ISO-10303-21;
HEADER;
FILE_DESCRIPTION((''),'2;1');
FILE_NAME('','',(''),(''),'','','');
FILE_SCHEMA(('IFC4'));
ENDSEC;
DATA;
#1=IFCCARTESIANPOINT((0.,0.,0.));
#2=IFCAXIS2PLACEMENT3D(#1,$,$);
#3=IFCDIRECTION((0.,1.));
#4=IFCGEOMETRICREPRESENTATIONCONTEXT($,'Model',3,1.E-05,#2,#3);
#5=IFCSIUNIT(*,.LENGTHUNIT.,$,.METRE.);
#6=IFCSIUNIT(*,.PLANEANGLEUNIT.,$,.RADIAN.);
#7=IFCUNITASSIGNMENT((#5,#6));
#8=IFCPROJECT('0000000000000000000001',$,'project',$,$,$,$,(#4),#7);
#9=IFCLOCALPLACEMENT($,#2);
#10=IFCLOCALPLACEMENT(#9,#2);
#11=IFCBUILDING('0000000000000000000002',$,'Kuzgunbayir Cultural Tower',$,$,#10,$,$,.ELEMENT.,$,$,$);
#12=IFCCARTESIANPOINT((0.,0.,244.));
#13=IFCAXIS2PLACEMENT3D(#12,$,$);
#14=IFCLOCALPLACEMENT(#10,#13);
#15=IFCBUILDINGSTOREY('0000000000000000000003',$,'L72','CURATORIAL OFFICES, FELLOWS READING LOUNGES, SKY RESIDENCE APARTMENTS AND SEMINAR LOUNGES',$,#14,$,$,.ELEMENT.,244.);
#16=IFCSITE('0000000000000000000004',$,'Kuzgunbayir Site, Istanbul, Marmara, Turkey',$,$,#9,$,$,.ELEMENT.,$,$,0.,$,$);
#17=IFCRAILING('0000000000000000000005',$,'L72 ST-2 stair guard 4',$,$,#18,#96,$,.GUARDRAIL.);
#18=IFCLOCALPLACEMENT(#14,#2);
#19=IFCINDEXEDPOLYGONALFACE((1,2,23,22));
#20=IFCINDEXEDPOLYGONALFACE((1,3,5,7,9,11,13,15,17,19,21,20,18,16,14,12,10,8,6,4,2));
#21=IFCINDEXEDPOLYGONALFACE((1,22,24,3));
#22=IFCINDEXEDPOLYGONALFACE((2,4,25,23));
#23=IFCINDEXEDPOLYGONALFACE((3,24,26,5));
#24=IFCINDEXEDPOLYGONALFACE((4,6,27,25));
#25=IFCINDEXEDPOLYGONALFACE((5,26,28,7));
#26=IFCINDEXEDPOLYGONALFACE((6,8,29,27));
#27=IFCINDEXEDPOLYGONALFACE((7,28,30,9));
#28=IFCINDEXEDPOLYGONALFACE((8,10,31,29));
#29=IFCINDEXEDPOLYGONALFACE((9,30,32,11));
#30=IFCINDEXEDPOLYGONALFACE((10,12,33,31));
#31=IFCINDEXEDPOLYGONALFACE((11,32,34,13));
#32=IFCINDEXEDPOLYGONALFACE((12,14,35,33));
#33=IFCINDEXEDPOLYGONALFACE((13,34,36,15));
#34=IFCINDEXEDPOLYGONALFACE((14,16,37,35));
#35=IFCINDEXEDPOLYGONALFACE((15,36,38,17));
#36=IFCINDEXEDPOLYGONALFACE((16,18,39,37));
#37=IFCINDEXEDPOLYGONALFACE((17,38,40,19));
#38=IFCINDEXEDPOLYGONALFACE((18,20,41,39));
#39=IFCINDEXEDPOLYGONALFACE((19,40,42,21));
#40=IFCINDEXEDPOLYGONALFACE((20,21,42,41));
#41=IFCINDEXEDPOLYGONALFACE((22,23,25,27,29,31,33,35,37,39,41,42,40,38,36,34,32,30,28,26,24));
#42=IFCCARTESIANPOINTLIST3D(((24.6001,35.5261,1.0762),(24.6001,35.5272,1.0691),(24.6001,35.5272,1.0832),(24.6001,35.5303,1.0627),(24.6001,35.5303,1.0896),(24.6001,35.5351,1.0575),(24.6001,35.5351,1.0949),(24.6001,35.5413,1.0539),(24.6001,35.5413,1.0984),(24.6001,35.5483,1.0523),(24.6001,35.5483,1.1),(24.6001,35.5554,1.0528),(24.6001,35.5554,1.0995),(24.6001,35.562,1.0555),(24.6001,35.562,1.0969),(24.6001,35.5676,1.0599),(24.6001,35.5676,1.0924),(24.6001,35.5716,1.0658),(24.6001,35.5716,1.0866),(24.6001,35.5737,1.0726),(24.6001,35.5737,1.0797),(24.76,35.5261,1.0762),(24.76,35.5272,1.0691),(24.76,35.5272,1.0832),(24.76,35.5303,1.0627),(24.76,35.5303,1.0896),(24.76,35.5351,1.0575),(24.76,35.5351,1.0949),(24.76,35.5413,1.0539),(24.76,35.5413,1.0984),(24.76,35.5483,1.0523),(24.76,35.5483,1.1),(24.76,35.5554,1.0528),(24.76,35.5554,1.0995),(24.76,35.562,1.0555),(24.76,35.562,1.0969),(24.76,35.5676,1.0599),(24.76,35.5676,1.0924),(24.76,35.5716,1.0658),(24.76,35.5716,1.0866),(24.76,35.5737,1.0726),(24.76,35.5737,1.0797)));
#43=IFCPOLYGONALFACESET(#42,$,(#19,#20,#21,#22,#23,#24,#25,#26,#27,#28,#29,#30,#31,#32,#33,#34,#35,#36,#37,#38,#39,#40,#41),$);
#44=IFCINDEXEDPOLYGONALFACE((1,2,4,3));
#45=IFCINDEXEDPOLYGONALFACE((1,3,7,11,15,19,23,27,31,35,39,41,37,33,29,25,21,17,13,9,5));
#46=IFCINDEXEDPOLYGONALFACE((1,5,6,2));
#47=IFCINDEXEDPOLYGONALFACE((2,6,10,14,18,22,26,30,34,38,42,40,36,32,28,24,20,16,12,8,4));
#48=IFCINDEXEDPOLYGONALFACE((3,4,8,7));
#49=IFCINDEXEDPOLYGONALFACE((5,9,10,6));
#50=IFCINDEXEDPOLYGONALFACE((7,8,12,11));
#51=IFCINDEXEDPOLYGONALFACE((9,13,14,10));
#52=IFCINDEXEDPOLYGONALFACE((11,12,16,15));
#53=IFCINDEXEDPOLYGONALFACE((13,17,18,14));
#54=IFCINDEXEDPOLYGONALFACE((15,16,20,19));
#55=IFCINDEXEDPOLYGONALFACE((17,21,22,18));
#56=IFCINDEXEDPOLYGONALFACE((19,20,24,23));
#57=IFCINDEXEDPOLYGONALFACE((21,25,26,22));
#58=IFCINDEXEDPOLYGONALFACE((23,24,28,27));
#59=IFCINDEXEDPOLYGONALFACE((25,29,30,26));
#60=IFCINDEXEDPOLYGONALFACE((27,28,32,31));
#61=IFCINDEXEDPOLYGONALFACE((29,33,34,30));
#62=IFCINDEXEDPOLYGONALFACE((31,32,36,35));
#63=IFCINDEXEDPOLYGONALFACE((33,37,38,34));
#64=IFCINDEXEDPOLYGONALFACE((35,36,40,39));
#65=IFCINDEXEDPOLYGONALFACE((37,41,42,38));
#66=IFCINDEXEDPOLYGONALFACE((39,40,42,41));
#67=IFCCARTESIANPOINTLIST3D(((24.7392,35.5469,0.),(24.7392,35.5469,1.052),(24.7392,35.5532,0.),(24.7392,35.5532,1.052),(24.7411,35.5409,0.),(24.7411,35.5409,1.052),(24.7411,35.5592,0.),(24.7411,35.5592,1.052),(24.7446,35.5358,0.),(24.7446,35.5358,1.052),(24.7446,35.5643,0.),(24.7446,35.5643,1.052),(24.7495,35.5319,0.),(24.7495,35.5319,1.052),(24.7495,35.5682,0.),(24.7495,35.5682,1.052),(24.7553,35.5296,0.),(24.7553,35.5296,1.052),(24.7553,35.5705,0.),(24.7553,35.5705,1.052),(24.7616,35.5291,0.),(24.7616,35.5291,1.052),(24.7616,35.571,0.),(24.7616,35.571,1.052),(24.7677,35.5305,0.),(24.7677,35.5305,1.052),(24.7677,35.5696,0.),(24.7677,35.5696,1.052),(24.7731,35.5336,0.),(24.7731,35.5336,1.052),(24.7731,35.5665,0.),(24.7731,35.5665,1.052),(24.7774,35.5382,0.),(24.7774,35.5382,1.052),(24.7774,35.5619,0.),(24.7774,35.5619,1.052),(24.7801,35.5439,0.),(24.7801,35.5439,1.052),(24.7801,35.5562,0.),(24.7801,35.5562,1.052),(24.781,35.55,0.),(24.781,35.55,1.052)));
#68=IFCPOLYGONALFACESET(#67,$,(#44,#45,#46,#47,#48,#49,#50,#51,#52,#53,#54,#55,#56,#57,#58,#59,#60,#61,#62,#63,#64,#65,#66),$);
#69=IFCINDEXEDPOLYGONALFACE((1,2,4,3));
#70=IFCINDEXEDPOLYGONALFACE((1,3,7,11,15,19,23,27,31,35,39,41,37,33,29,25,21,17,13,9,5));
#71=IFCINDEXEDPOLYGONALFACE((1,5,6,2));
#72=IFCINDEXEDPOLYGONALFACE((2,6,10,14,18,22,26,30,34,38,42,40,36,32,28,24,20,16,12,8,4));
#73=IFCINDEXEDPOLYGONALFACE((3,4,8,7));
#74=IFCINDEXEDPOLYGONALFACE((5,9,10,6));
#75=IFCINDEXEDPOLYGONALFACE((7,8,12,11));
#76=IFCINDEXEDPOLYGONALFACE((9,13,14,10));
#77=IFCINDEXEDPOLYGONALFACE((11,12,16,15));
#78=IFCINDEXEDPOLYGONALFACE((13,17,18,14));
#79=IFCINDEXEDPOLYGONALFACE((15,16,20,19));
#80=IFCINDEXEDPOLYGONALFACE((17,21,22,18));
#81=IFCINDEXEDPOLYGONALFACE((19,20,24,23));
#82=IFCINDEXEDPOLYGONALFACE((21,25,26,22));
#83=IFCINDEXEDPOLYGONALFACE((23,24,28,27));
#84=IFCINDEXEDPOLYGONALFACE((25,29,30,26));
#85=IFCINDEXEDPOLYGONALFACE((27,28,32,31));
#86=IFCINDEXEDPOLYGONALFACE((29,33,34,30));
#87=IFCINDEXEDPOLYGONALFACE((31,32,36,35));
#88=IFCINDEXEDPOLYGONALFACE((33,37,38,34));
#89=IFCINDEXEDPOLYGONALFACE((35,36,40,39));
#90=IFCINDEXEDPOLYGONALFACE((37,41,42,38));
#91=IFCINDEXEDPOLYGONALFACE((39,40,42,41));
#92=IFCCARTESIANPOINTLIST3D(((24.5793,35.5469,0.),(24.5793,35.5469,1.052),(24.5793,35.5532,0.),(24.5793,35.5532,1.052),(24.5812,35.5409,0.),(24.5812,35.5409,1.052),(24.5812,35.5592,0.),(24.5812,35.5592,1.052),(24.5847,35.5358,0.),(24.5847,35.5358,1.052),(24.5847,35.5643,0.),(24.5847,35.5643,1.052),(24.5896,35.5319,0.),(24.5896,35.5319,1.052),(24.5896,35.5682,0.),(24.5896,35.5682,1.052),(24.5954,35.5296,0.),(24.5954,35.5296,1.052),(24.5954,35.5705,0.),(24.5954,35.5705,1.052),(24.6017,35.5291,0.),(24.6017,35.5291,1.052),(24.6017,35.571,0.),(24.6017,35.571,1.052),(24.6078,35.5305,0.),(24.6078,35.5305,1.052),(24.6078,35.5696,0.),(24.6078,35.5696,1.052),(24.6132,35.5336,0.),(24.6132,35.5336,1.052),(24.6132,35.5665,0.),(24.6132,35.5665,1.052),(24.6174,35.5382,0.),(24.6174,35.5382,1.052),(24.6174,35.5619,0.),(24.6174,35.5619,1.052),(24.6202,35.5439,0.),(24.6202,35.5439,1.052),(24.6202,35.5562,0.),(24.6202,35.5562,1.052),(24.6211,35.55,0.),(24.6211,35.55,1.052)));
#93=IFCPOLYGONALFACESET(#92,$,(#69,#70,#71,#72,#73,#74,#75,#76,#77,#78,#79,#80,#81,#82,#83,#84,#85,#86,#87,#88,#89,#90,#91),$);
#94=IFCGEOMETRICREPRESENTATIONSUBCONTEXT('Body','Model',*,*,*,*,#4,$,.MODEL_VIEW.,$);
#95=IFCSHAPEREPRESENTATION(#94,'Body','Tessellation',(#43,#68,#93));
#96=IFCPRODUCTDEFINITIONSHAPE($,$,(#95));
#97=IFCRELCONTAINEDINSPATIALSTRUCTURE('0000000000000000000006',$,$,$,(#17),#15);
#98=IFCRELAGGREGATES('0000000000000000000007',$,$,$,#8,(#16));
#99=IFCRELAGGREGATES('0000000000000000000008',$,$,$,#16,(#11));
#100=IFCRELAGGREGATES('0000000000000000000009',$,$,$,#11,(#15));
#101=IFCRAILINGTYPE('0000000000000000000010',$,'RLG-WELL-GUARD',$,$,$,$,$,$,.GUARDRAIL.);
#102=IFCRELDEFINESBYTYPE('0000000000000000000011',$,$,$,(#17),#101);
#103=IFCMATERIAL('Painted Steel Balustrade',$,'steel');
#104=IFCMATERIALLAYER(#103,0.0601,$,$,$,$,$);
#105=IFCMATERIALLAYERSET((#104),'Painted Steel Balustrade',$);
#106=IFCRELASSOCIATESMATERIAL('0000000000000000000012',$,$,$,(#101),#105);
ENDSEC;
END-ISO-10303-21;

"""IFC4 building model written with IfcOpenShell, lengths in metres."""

from ifc_helpers import new_model, si_unit, direction, frame, origin, origin_2d, place, context, subcontext, project, spatial, circle, extrude, material, layer, layer_set, type_object, element, save


model = new_model("IFC4")

# Units and contexts
model_context = context("Model", 3, precision=1e-05, world=origin(), true_north=direction((0.0, 1.0)))
body_context = subcontext(model_context, "Body", "Model", "MODEL_VIEW")
ifc_project = project(units=[si_unit("LENGTHUNIT", "METRE"), si_unit("PLANEANGLEUNIT", "RADIAN")], contexts=[model_context])

# Site, building, storey
site_placement = place(None, origin())
site = spatial("IfcSite", under=ifc_project, at=site_placement, Name="Kuzgunbayir Site, Istanbul, Marmara, Turkey", CompositionType="ELEMENT", RefElevation=0.0)
building_placement = place(site_placement, origin())
building = spatial("IfcBuilding", under=site, at=building_placement, Name="Kuzgunbayir Cultural Tower", CompositionType="ELEMENT")
storey_placement = place(building_placement, frame((0.0, 0.0, 244.0)))
storey = spatial("IfcBuildingStorey", under=building, at=storey_placement, Name="L72", Description="CURATORIAL OFFICES, FELLOWS READING LOUNGES, SKY RESIDENCE APARTMENTS AND SEMINAR LOUNGES", CompositionType="ELEMENT", Elevation=244.0)

# Railing
ifc_material_1 = material(Name="Painted Steel Balustrade", Category="steel")
ifc_layer_1 = layer(ifc_material_1, 0.0601)
ifc_layer_set_1 = layer_set([ifc_layer_1], Name="Painted Steel Balustrade")
railing_type_1 = type_object("IfcRailingType", Name="RLG-WELL-GUARD", PredefinedType="GUARDRAIL", material=ifc_layer_set_1)
railing_1_placement = place(storey_placement, frame((24.76, 35.55, 0.0)))
element("IfcRailing", 1, at=railing_1_placement, inside=storey, type_object=railing_type_1, Name="L72 ST-2 stair guard 4", PredefinedType="GUARDRAIL", context=body_context, shape_type="SweptSolid", body=[
    extrude(circle(Radius=0.0239, at=origin_2d()), frame((0.0, 0.0, 1.0762), z_axis=(-1.0, 0.0, 0.0), x_axis=(0.0, -1.0, 0.0)), (0.0, 0.0, 1.0), 0.1599),
    extrude(circle(Radius=0.021, at=origin_2d()), origin(), (0.0, 0.0, 1.0), 1.052),
    extrude(circle(Radius=0.021, at=origin_2d()), frame((-0.1599, 0.0, 0.0)), (0.0, 0.0, 1.0), 1.052),
])

save(model, "model.ifc")
